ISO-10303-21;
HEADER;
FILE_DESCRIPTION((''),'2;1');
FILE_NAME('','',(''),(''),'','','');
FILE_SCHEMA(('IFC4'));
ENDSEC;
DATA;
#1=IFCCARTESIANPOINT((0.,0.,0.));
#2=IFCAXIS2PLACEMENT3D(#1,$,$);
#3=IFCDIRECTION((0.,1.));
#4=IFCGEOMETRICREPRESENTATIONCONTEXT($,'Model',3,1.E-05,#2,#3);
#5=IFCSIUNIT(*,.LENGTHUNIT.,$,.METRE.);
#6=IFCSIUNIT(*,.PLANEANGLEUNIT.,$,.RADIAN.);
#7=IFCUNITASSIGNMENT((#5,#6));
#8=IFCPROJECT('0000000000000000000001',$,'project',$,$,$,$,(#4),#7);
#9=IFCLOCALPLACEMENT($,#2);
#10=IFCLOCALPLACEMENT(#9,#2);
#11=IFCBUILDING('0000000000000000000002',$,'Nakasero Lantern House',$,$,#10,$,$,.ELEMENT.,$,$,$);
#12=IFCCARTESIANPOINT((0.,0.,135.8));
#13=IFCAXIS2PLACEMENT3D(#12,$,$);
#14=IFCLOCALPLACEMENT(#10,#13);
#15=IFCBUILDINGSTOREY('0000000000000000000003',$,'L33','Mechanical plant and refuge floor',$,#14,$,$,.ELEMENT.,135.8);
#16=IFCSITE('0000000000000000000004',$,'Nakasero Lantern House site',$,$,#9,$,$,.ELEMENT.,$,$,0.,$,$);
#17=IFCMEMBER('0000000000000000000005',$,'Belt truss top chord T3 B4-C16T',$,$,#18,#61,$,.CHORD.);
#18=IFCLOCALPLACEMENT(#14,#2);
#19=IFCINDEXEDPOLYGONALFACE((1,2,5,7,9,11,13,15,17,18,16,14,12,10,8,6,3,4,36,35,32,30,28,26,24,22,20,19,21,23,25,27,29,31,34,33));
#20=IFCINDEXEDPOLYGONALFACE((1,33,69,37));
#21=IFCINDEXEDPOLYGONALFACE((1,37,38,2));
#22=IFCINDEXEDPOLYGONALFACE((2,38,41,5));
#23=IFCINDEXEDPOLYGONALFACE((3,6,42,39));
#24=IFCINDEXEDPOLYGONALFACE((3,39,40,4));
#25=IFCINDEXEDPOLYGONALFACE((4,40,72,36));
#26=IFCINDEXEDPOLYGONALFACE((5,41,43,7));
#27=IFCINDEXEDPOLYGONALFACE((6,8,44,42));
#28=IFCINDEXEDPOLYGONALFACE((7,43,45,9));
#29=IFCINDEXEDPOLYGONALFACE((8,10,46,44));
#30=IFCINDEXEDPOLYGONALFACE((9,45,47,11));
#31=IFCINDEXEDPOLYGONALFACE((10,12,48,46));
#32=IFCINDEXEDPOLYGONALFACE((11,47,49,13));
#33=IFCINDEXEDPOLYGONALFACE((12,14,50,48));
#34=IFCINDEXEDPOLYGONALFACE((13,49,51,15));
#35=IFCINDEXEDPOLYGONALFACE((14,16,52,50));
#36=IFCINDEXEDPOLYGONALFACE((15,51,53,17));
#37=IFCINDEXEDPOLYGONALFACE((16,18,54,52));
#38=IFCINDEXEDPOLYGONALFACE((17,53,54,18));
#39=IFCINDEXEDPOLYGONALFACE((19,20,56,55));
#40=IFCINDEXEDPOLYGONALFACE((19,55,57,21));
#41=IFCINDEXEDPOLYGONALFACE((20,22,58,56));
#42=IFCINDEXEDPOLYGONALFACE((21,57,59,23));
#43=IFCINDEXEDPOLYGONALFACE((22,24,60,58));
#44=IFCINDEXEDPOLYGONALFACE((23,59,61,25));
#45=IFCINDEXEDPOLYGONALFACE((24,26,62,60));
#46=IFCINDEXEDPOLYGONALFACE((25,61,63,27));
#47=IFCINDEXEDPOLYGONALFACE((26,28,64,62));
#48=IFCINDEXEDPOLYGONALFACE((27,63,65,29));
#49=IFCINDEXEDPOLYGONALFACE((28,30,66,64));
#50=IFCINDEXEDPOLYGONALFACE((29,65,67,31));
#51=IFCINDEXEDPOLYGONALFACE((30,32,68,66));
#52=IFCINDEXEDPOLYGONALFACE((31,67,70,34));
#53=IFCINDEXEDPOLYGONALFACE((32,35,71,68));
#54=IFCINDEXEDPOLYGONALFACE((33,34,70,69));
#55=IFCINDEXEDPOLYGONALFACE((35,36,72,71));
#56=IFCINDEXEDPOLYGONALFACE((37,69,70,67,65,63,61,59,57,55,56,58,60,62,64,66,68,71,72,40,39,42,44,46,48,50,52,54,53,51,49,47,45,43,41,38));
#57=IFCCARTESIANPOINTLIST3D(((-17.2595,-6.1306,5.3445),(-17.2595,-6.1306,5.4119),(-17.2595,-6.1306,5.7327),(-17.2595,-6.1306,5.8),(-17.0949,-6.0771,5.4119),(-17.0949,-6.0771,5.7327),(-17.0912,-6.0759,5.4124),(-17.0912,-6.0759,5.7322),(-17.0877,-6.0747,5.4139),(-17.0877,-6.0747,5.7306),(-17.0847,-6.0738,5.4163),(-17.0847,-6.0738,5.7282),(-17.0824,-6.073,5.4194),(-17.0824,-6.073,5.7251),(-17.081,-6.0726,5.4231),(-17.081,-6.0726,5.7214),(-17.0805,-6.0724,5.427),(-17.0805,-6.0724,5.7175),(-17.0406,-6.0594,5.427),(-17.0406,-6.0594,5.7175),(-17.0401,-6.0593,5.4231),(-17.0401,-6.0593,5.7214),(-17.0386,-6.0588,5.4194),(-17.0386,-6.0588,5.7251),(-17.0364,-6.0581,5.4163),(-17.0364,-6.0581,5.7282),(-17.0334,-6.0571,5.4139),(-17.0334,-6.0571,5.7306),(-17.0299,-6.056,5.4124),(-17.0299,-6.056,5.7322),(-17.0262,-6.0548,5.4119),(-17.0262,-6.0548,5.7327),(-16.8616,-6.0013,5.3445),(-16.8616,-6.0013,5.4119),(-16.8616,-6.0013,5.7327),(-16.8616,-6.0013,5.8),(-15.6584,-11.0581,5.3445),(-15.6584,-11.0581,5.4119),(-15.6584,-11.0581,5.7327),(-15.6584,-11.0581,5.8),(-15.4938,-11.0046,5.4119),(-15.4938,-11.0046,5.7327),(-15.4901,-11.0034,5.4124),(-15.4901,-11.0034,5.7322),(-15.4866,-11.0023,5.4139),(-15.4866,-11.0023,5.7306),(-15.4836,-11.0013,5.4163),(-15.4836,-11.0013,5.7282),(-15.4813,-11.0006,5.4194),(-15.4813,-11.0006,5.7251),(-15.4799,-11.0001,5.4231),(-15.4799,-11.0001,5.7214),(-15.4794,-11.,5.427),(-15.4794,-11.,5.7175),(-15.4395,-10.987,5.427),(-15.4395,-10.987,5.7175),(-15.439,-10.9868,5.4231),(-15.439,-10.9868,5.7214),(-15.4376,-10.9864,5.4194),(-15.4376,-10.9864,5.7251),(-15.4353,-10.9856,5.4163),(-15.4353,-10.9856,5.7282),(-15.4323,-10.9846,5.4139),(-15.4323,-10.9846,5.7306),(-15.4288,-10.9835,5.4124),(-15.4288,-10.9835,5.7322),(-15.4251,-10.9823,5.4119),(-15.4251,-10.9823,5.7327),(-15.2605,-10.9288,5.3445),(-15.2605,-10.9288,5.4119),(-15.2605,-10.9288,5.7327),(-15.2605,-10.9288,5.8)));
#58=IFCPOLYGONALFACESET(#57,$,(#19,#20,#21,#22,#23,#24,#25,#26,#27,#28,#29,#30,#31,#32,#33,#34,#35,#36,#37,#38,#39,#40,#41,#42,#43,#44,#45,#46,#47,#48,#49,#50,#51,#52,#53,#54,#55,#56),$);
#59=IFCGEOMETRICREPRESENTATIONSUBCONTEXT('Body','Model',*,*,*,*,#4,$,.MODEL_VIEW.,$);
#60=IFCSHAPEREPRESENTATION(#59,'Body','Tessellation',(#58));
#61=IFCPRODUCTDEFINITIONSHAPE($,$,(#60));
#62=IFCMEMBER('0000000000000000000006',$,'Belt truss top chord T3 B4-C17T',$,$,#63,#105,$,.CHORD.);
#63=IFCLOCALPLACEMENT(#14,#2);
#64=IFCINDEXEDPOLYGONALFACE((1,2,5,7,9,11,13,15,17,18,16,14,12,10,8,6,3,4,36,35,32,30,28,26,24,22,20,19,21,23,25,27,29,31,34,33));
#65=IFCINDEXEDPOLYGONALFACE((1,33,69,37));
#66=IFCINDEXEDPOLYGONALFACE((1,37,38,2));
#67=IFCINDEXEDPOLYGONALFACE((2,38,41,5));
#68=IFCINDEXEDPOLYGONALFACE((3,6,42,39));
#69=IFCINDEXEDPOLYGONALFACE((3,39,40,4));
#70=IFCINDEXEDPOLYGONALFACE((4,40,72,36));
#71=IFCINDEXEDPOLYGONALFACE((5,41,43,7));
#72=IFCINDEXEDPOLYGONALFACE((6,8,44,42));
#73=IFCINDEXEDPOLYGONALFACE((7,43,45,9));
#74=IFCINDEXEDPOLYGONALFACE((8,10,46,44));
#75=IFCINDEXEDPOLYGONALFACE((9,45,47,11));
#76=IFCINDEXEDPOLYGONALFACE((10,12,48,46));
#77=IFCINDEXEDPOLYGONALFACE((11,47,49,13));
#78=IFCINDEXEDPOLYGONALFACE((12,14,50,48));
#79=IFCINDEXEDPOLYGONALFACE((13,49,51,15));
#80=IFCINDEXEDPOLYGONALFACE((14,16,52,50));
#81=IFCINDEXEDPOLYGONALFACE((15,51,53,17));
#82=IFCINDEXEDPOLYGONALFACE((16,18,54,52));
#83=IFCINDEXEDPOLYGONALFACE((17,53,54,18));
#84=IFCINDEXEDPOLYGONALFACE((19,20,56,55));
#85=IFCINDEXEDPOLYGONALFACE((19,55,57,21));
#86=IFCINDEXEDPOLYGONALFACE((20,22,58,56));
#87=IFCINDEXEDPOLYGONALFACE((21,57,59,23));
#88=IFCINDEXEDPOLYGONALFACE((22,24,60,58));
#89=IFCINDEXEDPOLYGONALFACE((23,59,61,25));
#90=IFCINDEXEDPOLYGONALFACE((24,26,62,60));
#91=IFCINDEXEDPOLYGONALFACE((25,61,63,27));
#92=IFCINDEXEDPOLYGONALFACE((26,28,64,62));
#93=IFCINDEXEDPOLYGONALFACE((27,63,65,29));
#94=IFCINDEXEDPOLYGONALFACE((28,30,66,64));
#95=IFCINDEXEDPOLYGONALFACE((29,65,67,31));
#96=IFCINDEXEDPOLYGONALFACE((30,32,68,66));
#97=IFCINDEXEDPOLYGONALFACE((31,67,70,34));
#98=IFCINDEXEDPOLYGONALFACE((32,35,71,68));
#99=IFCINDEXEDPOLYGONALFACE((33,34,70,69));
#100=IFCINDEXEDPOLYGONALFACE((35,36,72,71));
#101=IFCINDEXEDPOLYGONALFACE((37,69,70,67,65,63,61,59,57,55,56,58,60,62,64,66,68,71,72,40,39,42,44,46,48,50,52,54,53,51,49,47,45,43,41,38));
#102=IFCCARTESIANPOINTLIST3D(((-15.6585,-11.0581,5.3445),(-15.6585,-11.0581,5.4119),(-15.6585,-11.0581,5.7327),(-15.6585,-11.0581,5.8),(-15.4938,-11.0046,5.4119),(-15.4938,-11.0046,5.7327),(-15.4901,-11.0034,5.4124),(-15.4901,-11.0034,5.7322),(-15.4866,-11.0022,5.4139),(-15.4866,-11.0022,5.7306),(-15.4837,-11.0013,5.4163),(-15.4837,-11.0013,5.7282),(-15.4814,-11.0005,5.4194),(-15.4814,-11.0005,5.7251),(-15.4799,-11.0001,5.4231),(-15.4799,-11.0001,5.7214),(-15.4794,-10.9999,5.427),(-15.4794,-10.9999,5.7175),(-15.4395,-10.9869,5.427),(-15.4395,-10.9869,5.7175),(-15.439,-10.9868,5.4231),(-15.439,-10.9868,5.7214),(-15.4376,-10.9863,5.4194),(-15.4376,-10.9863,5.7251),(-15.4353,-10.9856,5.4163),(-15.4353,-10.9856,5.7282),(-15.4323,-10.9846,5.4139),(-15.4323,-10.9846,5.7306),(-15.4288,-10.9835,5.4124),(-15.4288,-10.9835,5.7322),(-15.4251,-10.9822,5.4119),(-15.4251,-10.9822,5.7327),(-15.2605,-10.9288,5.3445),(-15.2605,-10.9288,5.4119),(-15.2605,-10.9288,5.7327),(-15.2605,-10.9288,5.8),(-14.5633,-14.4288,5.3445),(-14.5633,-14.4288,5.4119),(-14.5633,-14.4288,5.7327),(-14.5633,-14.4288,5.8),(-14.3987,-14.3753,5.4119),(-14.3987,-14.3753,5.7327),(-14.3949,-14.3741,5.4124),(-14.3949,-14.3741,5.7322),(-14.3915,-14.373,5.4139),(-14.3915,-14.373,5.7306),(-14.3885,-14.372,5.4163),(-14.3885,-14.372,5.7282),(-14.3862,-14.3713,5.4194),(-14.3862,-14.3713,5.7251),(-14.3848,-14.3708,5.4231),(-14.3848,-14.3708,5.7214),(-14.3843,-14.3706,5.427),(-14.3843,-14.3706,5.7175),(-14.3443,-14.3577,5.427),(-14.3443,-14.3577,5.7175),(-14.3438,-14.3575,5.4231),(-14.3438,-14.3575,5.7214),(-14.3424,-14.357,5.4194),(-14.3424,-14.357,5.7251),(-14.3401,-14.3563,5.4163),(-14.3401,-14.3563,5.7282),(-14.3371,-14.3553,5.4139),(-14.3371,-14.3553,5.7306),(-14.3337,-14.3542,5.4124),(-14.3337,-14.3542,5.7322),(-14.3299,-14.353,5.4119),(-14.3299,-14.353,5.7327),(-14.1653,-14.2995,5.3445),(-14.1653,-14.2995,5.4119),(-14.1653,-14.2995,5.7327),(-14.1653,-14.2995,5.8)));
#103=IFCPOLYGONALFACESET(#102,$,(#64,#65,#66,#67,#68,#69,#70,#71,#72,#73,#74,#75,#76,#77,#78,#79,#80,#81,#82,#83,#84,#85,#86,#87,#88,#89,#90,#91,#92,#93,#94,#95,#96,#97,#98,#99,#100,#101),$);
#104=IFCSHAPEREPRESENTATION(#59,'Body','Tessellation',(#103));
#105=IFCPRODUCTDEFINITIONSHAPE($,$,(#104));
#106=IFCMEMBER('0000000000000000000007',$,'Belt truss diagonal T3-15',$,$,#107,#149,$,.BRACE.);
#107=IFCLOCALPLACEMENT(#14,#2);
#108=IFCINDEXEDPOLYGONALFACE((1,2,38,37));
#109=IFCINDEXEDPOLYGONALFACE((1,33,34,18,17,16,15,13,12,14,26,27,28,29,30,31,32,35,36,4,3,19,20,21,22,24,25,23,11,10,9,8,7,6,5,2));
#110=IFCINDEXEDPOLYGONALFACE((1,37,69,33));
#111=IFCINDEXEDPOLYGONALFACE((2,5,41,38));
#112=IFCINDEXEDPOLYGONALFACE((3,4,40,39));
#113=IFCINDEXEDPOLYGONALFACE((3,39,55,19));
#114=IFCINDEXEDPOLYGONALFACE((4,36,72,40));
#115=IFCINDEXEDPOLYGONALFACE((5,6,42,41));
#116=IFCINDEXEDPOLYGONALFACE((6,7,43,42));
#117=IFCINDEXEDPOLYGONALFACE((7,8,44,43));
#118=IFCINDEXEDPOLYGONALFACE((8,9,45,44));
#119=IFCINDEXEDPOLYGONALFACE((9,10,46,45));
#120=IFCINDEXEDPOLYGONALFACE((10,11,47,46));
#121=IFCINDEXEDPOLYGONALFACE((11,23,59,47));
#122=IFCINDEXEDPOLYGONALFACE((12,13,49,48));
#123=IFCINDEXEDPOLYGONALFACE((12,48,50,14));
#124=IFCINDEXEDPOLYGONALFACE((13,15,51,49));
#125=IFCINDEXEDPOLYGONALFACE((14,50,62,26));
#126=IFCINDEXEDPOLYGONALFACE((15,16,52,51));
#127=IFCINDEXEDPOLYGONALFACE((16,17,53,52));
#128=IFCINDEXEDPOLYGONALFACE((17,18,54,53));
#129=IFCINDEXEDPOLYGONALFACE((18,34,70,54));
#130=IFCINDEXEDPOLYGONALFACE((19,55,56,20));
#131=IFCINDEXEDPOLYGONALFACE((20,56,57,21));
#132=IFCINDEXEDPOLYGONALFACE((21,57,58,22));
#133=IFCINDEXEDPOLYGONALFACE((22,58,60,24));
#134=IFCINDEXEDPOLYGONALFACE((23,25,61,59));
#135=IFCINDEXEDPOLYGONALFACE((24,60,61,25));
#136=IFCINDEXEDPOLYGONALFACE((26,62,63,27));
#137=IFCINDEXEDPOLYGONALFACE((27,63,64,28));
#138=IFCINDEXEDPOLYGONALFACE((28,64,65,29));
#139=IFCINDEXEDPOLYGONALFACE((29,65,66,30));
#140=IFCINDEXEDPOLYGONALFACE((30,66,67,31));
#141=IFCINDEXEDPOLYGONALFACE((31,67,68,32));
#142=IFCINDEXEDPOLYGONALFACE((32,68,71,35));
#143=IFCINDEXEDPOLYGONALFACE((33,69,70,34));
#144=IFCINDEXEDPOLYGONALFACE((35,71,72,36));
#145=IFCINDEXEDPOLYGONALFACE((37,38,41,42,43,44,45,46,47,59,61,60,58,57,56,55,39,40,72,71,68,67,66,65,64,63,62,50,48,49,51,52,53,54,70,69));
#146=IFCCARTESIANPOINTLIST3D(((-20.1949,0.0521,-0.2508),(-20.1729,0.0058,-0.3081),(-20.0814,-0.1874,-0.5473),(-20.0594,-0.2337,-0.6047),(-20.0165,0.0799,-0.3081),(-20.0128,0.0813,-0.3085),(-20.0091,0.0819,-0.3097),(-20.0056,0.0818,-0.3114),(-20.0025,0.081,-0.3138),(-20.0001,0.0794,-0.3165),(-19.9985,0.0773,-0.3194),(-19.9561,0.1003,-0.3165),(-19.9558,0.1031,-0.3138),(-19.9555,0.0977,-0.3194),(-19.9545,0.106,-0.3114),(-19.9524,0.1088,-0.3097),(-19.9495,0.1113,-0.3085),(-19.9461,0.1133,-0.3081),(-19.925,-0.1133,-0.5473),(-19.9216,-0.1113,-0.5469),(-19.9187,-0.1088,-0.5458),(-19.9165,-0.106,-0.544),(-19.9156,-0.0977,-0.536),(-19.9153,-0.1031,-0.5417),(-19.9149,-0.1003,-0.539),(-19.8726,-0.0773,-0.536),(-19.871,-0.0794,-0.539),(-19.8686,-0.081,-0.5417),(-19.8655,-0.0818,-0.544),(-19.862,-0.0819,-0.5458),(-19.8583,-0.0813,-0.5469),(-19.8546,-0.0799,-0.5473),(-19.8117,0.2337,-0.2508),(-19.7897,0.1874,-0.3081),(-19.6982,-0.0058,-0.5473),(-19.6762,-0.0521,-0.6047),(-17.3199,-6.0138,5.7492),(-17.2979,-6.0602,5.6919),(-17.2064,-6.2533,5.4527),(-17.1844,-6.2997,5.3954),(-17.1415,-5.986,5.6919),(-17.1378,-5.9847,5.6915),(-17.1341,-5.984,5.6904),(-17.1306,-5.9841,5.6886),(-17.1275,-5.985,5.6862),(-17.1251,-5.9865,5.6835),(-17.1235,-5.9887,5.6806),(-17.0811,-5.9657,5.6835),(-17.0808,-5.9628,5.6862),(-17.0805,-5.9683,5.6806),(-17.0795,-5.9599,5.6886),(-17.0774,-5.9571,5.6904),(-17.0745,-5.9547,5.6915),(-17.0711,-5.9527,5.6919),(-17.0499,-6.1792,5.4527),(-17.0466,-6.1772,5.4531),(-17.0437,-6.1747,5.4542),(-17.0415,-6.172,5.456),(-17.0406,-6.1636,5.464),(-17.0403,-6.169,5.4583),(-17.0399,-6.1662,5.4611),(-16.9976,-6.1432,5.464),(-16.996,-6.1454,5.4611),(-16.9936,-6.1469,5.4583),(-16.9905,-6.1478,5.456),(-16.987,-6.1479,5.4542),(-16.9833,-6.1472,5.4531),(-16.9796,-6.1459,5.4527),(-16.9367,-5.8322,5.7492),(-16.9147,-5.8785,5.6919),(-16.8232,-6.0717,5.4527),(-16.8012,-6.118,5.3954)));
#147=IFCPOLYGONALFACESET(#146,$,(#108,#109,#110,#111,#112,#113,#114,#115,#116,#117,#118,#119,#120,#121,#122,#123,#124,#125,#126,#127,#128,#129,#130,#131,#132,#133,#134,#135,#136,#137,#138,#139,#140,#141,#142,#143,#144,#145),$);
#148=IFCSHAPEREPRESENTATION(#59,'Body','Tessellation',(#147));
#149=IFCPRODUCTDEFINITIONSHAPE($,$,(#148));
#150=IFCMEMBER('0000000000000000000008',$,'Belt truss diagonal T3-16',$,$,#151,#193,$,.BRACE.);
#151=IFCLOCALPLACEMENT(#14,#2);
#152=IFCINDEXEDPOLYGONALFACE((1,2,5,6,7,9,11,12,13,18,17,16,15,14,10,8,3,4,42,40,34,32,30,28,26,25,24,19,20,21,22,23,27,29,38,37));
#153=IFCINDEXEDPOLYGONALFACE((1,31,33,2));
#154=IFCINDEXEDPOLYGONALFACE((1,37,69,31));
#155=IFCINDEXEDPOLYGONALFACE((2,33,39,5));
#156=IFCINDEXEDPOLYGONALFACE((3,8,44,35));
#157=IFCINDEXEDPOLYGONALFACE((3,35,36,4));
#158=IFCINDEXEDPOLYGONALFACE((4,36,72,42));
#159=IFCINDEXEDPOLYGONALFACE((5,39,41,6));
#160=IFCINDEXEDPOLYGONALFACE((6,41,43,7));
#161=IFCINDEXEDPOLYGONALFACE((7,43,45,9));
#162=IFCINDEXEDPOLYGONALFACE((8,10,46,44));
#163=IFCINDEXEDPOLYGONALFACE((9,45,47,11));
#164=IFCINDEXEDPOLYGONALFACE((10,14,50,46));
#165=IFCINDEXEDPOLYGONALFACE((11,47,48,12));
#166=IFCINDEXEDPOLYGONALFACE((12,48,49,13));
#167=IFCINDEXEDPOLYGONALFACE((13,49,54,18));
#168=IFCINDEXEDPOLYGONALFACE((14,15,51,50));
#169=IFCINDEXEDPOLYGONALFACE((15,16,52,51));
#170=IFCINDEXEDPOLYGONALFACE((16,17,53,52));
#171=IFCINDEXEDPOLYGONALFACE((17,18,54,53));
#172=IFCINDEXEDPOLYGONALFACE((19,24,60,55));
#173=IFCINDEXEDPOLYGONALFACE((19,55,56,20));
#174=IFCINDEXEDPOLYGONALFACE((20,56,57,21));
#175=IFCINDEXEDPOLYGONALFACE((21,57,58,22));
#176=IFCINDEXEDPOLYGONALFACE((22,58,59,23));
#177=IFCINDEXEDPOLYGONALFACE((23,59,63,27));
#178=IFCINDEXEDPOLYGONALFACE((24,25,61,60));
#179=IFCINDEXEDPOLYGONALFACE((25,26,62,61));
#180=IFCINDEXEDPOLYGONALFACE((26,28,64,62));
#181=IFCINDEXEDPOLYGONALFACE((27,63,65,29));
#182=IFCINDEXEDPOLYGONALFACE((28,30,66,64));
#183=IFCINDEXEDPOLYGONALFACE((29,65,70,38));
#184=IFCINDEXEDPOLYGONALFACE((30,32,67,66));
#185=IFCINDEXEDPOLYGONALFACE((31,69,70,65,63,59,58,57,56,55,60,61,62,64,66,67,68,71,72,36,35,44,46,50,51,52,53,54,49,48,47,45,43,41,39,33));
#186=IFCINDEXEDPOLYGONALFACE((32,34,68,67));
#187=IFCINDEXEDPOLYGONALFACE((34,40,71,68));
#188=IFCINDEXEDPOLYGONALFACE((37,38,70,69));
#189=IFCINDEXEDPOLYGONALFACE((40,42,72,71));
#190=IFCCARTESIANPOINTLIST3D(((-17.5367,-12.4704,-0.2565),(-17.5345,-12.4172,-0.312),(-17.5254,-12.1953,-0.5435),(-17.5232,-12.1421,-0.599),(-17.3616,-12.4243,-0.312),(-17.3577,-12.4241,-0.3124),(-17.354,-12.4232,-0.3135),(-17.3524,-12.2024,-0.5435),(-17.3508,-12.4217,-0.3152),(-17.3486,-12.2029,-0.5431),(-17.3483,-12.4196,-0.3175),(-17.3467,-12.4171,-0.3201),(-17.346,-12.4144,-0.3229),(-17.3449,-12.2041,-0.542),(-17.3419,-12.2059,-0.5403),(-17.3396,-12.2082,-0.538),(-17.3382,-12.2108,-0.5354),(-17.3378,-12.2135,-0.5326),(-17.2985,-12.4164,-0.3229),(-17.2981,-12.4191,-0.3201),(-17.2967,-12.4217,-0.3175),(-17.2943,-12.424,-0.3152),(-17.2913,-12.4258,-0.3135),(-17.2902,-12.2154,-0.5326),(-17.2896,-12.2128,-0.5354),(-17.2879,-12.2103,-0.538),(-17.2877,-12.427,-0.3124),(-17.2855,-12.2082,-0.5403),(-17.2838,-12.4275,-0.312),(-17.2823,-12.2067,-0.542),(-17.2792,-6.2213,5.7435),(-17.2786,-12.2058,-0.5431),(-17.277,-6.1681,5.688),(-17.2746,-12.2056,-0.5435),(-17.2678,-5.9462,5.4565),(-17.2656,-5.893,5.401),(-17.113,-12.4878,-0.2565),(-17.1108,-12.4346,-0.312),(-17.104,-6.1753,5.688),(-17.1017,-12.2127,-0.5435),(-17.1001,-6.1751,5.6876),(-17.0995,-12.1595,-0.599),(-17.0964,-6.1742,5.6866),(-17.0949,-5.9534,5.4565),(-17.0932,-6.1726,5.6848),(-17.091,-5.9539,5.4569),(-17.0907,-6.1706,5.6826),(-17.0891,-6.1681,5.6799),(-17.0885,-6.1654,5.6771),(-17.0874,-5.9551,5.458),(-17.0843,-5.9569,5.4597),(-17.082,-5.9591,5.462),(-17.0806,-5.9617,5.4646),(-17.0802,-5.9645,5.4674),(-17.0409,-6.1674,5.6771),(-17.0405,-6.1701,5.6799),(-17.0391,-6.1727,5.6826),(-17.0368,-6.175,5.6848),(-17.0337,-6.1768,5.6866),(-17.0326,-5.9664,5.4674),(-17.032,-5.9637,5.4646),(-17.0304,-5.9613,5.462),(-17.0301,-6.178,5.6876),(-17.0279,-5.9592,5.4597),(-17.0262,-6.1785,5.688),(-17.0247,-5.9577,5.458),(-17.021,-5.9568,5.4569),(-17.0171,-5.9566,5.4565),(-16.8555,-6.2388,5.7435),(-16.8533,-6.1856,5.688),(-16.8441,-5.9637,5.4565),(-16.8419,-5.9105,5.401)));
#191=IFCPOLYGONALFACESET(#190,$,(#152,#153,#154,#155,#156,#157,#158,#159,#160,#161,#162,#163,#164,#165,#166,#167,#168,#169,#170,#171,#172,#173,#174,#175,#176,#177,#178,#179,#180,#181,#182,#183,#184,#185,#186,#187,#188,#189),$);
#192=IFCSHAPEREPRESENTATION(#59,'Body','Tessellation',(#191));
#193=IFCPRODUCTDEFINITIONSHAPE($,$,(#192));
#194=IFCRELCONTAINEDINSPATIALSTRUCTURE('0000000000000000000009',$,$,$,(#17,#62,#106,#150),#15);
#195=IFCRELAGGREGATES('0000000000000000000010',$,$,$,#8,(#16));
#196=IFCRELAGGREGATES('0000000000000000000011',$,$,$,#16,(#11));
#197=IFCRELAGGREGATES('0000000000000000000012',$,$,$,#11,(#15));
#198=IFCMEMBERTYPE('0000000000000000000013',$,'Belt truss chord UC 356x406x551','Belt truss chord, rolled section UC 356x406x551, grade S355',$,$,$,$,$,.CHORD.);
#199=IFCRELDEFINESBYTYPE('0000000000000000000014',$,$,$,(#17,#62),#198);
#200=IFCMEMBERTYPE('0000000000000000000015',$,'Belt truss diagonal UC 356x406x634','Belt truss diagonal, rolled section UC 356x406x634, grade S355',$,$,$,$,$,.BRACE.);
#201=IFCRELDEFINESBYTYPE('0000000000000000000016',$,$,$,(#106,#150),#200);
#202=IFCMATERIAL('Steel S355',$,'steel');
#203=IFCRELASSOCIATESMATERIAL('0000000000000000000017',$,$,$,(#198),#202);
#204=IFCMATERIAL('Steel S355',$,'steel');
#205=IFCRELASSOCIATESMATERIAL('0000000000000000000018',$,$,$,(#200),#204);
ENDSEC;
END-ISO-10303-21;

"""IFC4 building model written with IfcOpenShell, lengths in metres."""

from ifc_helpers import new_model, si_unit, direction, frame, origin, origin_2d, place, context, subcontext, project, spatial, i_section, extrude, material, material_profile, profile_set, type_object, element, save


model = new_model("IFC4")

# Units and contexts
model_context = context("Model", 3, precision=1e-05, world=origin(), true_north=direction((0.0, 1.0)))
body_context = subcontext(model_context, "Body", "Model", "MODEL_VIEW")
ifc_project = project(units=[si_unit("LENGTHUNIT", "METRE"), si_unit("PLANEANGLEUNIT", "RADIAN")], contexts=[model_context])

# Site, building, storey
site_placement = place(None, origin())
site = spatial("IfcSite", under=ifc_project, at=site_placement, Name="Nakasero Lantern House site", CompositionType="ELEMENT", RefElevation=0.0)
building_placement = place(site_placement, origin())
building = spatial("IfcBuilding", under=site, at=building_placement, Name="Nakasero Lantern House", CompositionType="ELEMENT")
storey_placement = place(building_placement, frame((0.0, 0.0, 135.8)))
storey = spatial("IfcBuildingStorey", under=building, at=storey_placement, Name="L33", Description="Mechanical plant and refuge floor", CompositionType="ELEMENT", Elevation=135.8)

# Members
ifc_material_1 = material(Name="Steel S355", Category="steel")
ifc_material_profile_1 = material_profile(ifc_material_1, i_section(OverallWidth=0.4185, OverallDepth=0.4556, WebThickness=0.042, FlangeThickness=0.0674, FilletRadius=0.0151, at=origin_2d()), Name="UC 356x406x551")
ifc_profile_set_1 = profile_set([ifc_material_profile_1], Name="Steel S355")
member_type_1 = type_object("IfcMemberType", Name="Belt truss chord UC 356x406x551", Description="Belt truss chord, rolled section UC 356x406x551, grade S355", PredefinedType="CHORD", material=ifc_profile_set_1)
member_1_placement = place(storey_placement, frame((-17.0605, -6.0659, 5.5723), z_axis=(0.309023, -0.951054, 0.0), x_axis=(0.951054, 0.309023, 0.0)))
element("IfcMember", 1, at=member_1_placement, inside=storey, type_object=member_type_1, Name="Belt truss top chord T3 B4-C16T", PredefinedType="CHORD", context=body_context, shape_type="SweptSolid", body=[
    extrude(i_section(OverallWidth=0.4185, OverallDepth=0.4556, WebThickness=0.042, FlangeThickness=0.0674, FilletRadius=0.0151, at=origin_2d()), origin(), (0.0, 0.0, 1.0), 5.1812),
])
member_2_placement = place(storey_placement, frame((-15.4595, -10.9934, 5.5723), z_axis=(0.309007, -0.95106, 0.0), x_axis=(0.95106, 0.309007, 0.0)))
element("IfcMember", 2, at=member_2_placement, inside=storey, type_object=member_type_1, Name="Belt truss top chord T3 B4-C17T", PredefinedType="CHORD", context=body_context, shape_type="SweptSolid", body=[
    extrude(i_section(OverallWidth=0.4185, OverallDepth=0.4556, WebThickness=0.042, FlangeThickness=0.0674, FilletRadius=0.0151, at=origin_2d()), origin(), (0.0, 0.0, 1.0), 3.5442),
])
ifc_material_2 = material(Name="Steel S355", Category="steel")
ifc_material_profile_2 = material_profile(ifc_material_2, i_section(OverallWidth=0.4241, OverallDepth=0.4746, WebThickness=0.0476, FlangeThickness=0.0769, FilletRadius=0.0151, at=origin_2d()), Name="UC 356x406x634")
ifc_profile_set_2 = profile_set([ifc_material_profile_2], Name="Steel S355")
member_type_2 = type_object("IfcMemberType", Name="Belt truss diagonal UC 356x406x634", Description="Belt truss diagonal, rolled section UC 356x406x634, grade S355", PredefinedType="BRACE", material=ifc_profile_set_2)
member_3_placement = place(storey_placement, frame((-19.9355, 0.0, -0.4277), z_axis=(0.319324, -0.673737, 0.666416), x_axis=(0.903642, 0.42829, 0.0)))
element("IfcMember", 3, at=member_3_placement, inside=storey, type_object=member_type_2, Name="Belt truss diagonal T3-15", PredefinedType="BRACE", context=body_context, shape_type="SweptSolid", body=[
    extrude(i_section(OverallWidth=0.4241, OverallDepth=0.4746, WebThickness=0.0476, FlangeThickness=0.0769, FilletRadius=0.0151, at=origin_2d()), origin(), (0.0, 0.0, 1.0), 9.0034),
])
member_4_placement = place(storey_placement, frame((-17.0605, -6.0659, 5.5723), z_axis=(-0.029718, -0.721015, -0.692282), x_axis=(0.999152, -0.041182, 0.0)))
element("IfcMember", 4, at=member_4_placement, inside=storey, type_object=member_type_2, Name="Belt truss diagonal T3-16", PredefinedType="BRACE", context=body_context, shape_type="SweptSolid", body=[
    extrude(i_section(OverallWidth=0.4241, OverallDepth=0.4746, WebThickness=0.0476, FlangeThickness=0.0769, FilletRadius=0.0151, at=origin_2d()), origin(), (0.0, 0.0, 1.0), 8.667),
])

save(model, "model.ifc")
